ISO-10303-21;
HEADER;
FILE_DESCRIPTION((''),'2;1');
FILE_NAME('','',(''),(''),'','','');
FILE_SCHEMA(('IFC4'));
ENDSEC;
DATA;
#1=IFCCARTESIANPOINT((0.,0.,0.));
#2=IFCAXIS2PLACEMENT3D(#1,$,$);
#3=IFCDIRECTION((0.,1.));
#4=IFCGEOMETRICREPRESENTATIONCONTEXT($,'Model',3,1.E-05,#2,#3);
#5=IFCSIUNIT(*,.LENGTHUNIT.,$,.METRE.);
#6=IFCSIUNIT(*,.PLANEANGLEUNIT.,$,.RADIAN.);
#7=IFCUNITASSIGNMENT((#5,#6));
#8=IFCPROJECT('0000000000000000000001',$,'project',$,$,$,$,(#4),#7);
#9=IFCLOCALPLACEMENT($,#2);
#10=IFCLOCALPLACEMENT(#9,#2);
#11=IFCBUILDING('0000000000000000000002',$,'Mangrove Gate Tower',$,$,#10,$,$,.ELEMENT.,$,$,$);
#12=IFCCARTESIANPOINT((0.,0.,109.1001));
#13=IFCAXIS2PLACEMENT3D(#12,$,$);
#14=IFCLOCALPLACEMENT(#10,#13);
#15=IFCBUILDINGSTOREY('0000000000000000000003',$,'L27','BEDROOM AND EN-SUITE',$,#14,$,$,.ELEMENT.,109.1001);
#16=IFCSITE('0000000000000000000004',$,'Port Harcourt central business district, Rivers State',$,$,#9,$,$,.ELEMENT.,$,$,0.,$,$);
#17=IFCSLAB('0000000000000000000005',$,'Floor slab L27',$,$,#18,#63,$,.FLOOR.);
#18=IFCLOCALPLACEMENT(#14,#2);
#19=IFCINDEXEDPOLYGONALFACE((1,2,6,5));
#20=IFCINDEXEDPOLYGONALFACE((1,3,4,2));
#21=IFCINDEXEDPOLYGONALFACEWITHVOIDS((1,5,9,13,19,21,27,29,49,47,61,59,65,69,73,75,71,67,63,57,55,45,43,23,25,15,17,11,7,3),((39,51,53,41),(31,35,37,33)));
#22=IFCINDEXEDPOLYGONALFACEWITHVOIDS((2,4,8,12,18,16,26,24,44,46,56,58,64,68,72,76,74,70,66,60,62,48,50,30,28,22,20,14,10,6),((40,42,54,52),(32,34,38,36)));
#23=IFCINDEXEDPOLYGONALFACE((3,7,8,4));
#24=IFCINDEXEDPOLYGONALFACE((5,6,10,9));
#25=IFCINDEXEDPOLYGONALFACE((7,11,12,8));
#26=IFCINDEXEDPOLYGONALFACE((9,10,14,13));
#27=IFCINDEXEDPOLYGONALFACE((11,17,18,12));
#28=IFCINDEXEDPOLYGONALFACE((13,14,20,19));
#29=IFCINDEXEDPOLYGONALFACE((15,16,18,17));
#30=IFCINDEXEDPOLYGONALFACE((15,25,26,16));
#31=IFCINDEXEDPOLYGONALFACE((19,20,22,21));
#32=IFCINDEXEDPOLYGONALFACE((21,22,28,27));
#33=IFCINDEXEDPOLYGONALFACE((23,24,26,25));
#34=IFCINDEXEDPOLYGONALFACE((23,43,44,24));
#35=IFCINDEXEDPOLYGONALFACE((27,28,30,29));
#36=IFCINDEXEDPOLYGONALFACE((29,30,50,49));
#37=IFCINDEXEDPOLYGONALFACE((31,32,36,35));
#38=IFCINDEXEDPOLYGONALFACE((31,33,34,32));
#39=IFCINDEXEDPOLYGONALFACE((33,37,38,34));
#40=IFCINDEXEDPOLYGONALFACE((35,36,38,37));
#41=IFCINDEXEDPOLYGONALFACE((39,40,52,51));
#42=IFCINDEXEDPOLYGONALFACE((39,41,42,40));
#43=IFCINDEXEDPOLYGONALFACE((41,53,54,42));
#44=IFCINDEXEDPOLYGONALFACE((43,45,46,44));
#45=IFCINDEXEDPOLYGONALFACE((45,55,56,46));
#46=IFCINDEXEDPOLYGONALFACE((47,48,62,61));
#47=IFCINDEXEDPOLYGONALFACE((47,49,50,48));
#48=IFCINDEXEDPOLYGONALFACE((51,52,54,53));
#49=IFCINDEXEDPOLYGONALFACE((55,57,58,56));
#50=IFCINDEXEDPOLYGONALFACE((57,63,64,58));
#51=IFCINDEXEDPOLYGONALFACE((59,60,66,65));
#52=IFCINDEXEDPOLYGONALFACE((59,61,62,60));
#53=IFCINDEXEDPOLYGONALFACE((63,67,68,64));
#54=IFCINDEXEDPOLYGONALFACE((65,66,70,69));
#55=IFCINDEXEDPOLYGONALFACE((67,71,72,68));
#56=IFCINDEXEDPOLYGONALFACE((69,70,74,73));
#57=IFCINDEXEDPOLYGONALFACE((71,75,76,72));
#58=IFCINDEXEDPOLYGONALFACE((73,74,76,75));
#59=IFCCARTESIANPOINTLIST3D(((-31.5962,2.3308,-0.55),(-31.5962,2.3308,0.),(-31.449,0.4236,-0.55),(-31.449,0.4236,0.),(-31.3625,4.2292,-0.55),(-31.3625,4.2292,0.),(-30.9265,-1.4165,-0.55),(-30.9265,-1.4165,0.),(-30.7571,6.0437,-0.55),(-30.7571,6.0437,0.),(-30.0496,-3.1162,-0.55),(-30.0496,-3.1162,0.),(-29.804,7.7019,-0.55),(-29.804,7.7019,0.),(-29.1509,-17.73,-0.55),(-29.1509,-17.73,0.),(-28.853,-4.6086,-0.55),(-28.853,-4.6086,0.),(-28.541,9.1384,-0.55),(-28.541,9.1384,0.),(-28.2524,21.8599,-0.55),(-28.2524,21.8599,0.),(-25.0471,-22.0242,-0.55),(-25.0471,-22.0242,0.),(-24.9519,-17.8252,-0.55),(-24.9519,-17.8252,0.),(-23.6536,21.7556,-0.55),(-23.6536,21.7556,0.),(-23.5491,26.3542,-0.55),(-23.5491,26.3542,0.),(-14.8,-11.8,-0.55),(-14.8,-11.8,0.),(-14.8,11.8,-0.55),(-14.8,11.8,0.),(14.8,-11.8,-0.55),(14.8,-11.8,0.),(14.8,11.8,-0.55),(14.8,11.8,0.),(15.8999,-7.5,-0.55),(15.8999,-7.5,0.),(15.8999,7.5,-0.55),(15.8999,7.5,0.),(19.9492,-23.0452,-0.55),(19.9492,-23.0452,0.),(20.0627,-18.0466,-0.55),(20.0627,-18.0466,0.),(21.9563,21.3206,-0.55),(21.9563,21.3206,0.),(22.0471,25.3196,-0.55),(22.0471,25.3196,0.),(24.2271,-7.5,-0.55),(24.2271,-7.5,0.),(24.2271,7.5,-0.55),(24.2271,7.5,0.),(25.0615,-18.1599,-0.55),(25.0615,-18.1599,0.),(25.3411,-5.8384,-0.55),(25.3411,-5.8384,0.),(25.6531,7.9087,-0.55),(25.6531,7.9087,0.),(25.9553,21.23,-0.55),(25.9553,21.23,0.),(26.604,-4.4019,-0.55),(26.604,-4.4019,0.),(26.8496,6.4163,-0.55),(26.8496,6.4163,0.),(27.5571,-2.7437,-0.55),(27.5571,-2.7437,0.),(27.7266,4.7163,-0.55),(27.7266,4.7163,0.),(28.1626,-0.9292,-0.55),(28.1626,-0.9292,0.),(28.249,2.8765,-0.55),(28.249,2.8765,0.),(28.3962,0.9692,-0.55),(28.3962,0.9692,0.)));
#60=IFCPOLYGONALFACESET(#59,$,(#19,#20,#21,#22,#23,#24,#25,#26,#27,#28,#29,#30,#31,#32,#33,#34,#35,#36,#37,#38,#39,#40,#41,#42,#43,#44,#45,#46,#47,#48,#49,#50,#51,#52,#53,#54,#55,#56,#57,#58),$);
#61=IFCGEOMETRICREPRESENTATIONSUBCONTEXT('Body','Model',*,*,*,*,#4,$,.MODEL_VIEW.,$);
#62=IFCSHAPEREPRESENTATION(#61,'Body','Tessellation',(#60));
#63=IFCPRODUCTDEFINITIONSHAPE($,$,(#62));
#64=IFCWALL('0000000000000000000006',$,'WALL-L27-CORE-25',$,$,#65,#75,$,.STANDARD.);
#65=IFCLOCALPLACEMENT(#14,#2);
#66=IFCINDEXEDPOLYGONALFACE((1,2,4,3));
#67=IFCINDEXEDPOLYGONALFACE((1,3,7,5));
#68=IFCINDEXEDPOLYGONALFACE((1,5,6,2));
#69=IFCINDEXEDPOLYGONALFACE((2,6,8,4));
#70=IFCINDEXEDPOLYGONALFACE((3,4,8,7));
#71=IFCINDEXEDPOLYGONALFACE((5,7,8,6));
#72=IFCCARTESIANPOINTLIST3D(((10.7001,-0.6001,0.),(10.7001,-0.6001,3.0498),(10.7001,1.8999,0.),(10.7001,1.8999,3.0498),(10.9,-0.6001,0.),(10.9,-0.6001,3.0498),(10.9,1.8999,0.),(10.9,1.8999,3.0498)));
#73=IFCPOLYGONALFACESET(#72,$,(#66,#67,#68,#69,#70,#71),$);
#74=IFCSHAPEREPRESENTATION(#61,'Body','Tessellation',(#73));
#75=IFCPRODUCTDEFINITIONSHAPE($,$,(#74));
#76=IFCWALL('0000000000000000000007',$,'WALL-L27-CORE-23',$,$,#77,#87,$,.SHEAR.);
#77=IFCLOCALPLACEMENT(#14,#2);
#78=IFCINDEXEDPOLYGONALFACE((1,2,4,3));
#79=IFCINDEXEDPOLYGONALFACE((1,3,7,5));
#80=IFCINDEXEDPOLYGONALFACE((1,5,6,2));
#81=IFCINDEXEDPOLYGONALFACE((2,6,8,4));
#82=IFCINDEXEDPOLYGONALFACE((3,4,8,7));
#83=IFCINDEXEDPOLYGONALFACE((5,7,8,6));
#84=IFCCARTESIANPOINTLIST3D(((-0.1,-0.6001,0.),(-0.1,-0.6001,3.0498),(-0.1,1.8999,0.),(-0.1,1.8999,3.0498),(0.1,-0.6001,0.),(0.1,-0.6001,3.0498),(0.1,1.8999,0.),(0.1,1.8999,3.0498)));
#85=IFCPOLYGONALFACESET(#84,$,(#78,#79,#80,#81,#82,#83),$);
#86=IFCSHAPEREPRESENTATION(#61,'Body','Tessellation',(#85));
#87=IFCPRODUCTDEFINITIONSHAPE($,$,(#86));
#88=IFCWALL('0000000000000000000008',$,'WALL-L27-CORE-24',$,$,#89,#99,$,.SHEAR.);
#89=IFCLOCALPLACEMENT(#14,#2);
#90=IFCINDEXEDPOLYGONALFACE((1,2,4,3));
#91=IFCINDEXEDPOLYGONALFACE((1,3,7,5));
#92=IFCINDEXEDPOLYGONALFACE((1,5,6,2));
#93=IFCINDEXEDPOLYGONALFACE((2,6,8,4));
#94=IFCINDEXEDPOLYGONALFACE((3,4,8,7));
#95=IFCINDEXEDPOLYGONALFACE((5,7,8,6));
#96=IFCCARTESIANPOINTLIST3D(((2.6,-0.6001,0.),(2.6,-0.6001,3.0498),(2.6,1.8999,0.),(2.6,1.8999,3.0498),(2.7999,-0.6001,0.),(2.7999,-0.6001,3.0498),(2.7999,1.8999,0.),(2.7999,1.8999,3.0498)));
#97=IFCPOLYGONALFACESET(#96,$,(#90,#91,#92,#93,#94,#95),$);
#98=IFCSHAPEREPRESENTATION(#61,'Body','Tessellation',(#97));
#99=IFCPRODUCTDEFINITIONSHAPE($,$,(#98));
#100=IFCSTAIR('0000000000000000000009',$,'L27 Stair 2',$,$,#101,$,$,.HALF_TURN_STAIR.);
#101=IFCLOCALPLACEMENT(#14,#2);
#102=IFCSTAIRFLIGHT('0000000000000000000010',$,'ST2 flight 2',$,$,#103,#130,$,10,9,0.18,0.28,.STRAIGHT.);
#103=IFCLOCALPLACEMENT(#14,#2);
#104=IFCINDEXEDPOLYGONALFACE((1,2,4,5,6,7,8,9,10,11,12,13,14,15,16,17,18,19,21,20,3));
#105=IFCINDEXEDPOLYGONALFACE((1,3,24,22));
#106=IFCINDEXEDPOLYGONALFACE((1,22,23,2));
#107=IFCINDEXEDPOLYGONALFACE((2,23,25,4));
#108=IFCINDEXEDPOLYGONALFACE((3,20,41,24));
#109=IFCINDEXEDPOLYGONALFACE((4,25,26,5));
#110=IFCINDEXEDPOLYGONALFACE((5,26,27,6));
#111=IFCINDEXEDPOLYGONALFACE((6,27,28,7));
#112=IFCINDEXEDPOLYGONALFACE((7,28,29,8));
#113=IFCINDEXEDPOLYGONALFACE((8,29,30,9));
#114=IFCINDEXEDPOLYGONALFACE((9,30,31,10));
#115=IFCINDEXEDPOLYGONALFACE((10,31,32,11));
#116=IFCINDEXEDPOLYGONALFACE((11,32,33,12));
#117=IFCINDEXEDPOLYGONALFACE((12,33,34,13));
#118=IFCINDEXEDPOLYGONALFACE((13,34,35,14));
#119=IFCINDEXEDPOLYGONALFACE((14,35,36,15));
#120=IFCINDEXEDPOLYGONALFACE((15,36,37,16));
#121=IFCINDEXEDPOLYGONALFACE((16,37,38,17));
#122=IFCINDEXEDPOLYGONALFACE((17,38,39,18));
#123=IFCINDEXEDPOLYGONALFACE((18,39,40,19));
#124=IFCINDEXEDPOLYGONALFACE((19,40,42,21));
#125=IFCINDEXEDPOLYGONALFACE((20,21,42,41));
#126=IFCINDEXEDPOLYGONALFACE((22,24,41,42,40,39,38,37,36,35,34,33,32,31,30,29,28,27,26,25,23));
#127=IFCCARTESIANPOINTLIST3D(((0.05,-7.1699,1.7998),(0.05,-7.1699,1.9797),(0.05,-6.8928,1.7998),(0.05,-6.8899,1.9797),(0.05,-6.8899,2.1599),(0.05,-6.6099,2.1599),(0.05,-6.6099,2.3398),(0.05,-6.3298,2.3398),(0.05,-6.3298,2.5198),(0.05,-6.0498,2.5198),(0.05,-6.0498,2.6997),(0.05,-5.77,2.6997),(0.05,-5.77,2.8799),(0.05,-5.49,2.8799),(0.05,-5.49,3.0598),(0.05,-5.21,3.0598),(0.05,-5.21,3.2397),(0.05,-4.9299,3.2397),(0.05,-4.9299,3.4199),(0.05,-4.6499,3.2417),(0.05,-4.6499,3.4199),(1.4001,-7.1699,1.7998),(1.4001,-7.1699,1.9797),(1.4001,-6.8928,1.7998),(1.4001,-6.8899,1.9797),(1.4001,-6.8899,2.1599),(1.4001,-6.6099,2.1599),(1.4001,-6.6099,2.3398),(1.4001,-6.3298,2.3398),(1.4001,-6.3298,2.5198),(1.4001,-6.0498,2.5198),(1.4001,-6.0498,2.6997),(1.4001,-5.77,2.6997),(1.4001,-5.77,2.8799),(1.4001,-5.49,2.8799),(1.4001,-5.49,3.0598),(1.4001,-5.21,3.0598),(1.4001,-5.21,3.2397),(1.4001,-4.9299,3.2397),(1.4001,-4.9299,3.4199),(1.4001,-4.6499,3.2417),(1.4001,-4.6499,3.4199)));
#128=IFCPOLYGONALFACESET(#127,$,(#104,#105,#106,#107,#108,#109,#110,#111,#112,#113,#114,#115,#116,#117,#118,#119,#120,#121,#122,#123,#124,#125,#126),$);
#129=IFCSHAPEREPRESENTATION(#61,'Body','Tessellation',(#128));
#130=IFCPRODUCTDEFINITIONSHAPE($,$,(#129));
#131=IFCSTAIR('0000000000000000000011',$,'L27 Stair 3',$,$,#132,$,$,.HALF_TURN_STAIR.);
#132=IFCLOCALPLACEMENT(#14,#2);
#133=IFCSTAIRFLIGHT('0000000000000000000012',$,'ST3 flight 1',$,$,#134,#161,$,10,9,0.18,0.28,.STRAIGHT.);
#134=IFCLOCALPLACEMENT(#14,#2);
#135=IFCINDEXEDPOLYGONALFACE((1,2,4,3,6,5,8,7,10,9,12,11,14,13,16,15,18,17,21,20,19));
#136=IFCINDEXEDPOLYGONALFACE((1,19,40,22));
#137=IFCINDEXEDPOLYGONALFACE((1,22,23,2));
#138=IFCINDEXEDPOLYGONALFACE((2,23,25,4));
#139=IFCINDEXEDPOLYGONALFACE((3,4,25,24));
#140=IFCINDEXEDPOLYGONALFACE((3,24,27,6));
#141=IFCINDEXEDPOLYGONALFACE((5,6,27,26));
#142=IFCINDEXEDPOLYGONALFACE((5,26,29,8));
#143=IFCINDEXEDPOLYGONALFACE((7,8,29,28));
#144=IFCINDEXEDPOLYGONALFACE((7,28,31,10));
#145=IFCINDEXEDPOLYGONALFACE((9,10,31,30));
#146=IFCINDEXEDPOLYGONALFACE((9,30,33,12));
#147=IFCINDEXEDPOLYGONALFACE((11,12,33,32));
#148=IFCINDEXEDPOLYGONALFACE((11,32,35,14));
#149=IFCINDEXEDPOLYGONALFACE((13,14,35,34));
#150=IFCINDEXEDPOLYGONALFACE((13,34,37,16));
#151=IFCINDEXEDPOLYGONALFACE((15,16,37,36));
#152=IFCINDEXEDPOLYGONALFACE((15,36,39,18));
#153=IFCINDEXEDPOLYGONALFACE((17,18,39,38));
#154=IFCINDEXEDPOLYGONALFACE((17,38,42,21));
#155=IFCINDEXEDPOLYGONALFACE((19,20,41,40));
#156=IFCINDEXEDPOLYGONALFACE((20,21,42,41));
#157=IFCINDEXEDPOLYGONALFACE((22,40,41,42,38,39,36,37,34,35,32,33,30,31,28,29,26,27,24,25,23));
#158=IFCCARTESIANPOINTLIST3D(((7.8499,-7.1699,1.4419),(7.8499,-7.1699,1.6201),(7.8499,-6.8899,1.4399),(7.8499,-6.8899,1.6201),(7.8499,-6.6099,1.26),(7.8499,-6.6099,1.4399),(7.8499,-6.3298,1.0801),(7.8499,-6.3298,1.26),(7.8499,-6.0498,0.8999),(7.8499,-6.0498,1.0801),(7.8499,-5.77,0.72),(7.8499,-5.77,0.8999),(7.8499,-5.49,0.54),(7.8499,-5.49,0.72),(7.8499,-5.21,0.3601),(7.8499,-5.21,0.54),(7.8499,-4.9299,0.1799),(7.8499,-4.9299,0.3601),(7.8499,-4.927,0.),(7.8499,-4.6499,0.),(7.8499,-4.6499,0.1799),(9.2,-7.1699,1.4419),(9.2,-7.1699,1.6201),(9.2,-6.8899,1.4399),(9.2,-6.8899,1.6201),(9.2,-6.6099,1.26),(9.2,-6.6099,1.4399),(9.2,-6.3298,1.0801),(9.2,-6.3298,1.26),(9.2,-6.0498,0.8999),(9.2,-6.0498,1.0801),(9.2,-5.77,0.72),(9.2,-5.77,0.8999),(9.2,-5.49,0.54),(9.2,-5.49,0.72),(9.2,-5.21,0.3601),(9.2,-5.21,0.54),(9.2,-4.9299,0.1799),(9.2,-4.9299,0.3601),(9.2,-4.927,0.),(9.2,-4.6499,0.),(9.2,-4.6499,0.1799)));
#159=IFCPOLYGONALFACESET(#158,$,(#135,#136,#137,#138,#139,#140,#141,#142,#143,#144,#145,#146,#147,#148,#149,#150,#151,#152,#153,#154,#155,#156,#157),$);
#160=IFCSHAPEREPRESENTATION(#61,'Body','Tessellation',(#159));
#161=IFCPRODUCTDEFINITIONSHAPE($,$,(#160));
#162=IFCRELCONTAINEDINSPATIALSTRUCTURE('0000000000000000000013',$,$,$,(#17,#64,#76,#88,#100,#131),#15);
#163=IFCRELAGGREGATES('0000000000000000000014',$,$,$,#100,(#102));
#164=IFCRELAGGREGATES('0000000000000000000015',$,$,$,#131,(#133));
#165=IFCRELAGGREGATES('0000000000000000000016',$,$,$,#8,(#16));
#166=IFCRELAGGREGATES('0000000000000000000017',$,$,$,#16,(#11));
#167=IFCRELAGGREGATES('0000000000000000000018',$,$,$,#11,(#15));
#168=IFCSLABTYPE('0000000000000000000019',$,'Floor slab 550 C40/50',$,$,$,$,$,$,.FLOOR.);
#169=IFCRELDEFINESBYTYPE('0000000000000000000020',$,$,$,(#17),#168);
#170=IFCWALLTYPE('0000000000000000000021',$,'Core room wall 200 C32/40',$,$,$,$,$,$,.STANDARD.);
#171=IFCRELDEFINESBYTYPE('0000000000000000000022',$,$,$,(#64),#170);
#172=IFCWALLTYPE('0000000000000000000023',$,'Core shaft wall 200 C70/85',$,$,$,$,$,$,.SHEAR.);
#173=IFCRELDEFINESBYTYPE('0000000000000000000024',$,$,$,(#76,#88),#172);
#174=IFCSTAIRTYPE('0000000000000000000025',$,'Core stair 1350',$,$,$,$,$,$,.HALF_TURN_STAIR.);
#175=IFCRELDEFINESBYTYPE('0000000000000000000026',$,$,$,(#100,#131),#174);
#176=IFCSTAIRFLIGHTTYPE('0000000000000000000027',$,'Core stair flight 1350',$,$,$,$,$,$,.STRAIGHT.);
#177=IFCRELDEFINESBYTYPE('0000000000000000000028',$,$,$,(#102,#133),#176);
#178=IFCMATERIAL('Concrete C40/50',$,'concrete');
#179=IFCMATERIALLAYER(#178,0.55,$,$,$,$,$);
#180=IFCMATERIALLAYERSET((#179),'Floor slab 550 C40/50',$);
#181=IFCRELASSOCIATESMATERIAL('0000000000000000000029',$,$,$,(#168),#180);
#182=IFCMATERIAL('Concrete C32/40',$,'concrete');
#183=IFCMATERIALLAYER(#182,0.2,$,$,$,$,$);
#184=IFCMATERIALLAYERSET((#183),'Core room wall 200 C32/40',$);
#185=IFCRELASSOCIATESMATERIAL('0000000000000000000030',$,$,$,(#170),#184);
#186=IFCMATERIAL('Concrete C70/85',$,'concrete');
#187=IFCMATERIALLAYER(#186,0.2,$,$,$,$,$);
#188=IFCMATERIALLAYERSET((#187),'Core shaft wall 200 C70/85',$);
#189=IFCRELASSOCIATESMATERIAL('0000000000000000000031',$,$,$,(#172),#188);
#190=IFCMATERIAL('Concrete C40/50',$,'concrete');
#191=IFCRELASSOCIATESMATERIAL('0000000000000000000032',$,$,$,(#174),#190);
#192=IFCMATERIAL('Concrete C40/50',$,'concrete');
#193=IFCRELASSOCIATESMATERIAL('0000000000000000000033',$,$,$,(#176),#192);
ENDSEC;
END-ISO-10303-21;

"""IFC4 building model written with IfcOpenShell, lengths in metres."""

from ifc_helpers import new_model, si_unit, direction, frame, frame_2d, origin, place, context, subcontext, project, spatial, polyline, rectangle, outline, extrude, material, layer, layer_set, type_object, element, aggregate, save


model = new_model("IFC4")

# Units and contexts
model_context = context("Model", 3, precision=1e-05, world=origin(), true_north=direction((0.0, 1.0)))
body_context = subcontext(model_context, "Body", "Model", "MODEL_VIEW")
ifc_project = project(units=[si_unit("LENGTHUNIT", "METRE"), si_unit("PLANEANGLEUNIT", "RADIAN")], contexts=[model_context])

# Site, building, storey
site_placement = place(None, origin())
site = spatial("IfcSite", under=ifc_project, at=site_placement, Name="Port Harcourt central business district, Rivers State", CompositionType="ELEMENT", RefElevation=0.0)
building_placement = place(site_placement, origin())
building = spatial("IfcBuilding", under=site, at=building_placement, Name="Mangrove Gate Tower", CompositionType="ELEMENT")
storey_placement = place(building_placement, frame((0.0, 0.0, 109.1001)))
storey = spatial("IfcBuildingStorey", under=building, at=storey_placement, Name="L27", Description="BEDROOM AND EN-SUITE", CompositionType="ELEMENT", Elevation=109.1001)

# Slab
ifc_material_1 = material(Name="Concrete C40/50", Category="concrete")
ifc_layer_1 = layer(ifc_material_1, 0.55)
ifc_layer_set_1 = layer_set([ifc_layer_1], Name="Floor slab 550 C40/50")
slab_type = type_object("IfcSlabType", Name="Floor slab 550 C40/50", PredefinedType="FLOOR", material=ifc_layer_set_1)
slab_placement = place(storey_placement, frame((0.0, 0.0, -0.55)))
element("IfcSlab", 1, at=slab_placement, inside=storey, type_object=slab_type, Name="Floor slab L27", PredefinedType="FLOOR", context=body_context, shape_type="SweptSolid", body=[
    extrude(outline(polyline([(-25.0471, -22.0242), (19.9492, -23.0452), (20.0627, -18.0466), (25.0615, -18.1599), (25.3411, -5.8384), (26.604, -4.4019), (27.5571, -2.7437), (28.1626, -0.9292), (28.3962, 0.9692), (28.249, 2.8765), (27.7266, 4.7163), (26.8496, 6.4163), (25.6531, 7.9087), (25.9553, 21.23), (21.9563, 21.3206), (22.0471, 25.3196), (-23.5491, 26.3542), (-23.6536, 21.7556), (-28.2524, 21.8599), (-28.541, 9.1384), (-29.804, 7.7019), (-30.7571, 6.0437), (-31.3625, 4.2292), (-31.5962, 2.3308), (-31.449, 0.4236), (-30.9265, -1.4165), (-30.0496, -3.1162), (-28.853, -4.6086), (-29.1509, -17.73), (-24.9519, -17.8252), (-25.0471, -22.0242)]), holes=[polyline([(15.8999, 7.5), (24.2271, 7.5), (24.2271, -7.5), (15.8999, -7.5), (15.8999, 7.5)]), polyline([(-14.8, -11.8), (-14.8, 11.8), (14.8, 11.8), (14.8, -11.8), (-14.8, -11.8)])]), origin(), (0.0, 0.0, 1.0), 0.55),
])

# Walls
ifc_material_2 = material(Name="Concrete C32/40", Category="concrete")
ifc_layer_2 = layer(ifc_material_2, 0.2)
ifc_layer_set_2 = layer_set([ifc_layer_2], Name="Core room wall 200 C32/40")
wall_type_1 = type_object("IfcWallType", Name="Core room wall 200 C32/40", PredefinedType="STANDARD", material=ifc_layer_set_2)
wall_placement = place(storey_placement, frame((10.8, -0.6001, 0.0), z_axis=(0.0, 0.0, 1.0), x_axis=(0.0, 1.0, 0.0)))
element("IfcWall", 2, at=wall_placement, inside=storey, type_object=wall_type_1, Name="WALL-L27-CORE-25", PredefinedType="STANDARD", context=body_context, shape_type="SweptSolid", body=[
    extrude(rectangle(XDim=2.5, YDim=0.2, at=frame_2d((1.25, 0.0))), origin(), (0.0, 0.0, 1.0), 3.0498),
])
ifc_material_3 = material(Name="Concrete C70/85", Category="concrete")
ifc_layer_3 = layer(ifc_material_3, 0.2)
ifc_layer_set_3 = layer_set([ifc_layer_3], Name="Core shaft wall 200 C70/85")
wall_type_2 = type_object("IfcWallType", Name="Core shaft wall 200 C70/85", PredefinedType="SHEAR", material=ifc_layer_set_3)
for number, where, z_axis, x_axis, name in (
    (3, (0.0, -0.6001, 0.0), (0.0, 0.0, 1.0), (0.0, 1.0, 0.0), "WALL-L27-CORE-23"),
    (4, (2.7, -0.6001, 0.0), (0.0, 0.0, 1.0), (0.0, 1.0, 0.0), "WALL-L27-CORE-24"),
):
    element("IfcWall", number, at=place(storey_placement, frame(where, z_axis=z_axis, x_axis=x_axis)), inside=storey, type_object=wall_type_2, Name=name, PredefinedType="SHEAR", context=body_context, shape_type="SweptSolid", body=[
        extrude(rectangle(XDim=2.5, YDim=0.2, at=frame_2d((1.25, 0.0))), origin(), (0.0, 0.0, 1.0), 3.0498),
    ])

# Stair, stair flight
ifc_material_4 = material(Name="Concrete C40/50", Category="concrete")
stair_type = type_object("IfcStairType", Name="Core stair 1350", PredefinedType="HALF_TURN_STAIR", material=ifc_material_4)
stair_1_placement = place(storey_placement, origin())
stair_1 = element("IfcStair", 5, at=stair_1_placement, inside=storey, type_object=stair_type, Name="L27 Stair 2", PredefinedType="HALF_TURN_STAIR")
ifc_material_5 = material(Name="Concrete C40/50", Category="concrete")
stair_flight_type = type_object("IfcStairFlightType", Name="Core stair flight 1350", PredefinedType="STRAIGHT", material=ifc_material_5)
stair_flight_1_placement = place(storey_placement, frame((0.7251, -7.1699, 1.7998), z_axis=(0.0, 0.0, 1.0), x_axis=(0.0, 1.0, 0.0)))
stair_flight_1 = element("IfcStairFlight", 6, at=stair_flight_1_placement, type_object=stair_flight_type, Name="ST2 flight 2", NumberOfRisers=10, NumberOfTreads=9, PredefinedType="STRAIGHT", RiserHeight=0.18, TreadLength=0.28, context=body_context, shape_type="SweptSolid", body=[
    extrude(outline(polyline([(0.0, 0.0), (0.0, 0.1799), (0.28, 0.1799), (0.28, 0.3601), (0.5601, 0.3601), (0.5601, 0.54), (0.8401, 0.54), (0.8401, 0.72), (1.1201, 0.72), (1.1201, 0.8999), (1.3999, 0.8999), (1.3999, 1.0801), (1.6799, 1.0801), (1.6799, 1.26), (1.96, 1.26), (1.96, 1.4399), (2.24, 1.4399), (2.24, 1.6201), (2.52, 1.6201), (2.52, 1.8), (2.52, 1.4419), (0.2771, 0.0), (0.0, 0.0)])), frame((0.0, 0.675, 0.0), z_axis=(0.0, -1.0, 0.0), x_axis=(1.0, 0.0, 0.0)), (0.0, 0.0, 1.0), 1.3501),
])
aggregate(stair_1, [stair_flight_1])

# Stair, stair flight
stair_2_placement = place(storey_placement, origin())
stair_2 = element("IfcStair", 7, at=stair_2_placement, inside=storey, type_object=stair_type, Name="L27 Stair 3", PredefinedType="HALF_TURN_STAIR")
stair_flight_2_placement = place(storey_placement, frame((8.5249, -4.6499, 0.0), z_axis=(0.0, 0.0, 1.0), x_axis=(0.0, -1.0, 0.0)))
stair_flight_2 = element("IfcStairFlight", 8, at=stair_flight_2_placement, type_object=stair_flight_type, Name="ST3 flight 1", NumberOfRisers=10, NumberOfTreads=9, PredefinedType="STRAIGHT", RiserHeight=0.18, TreadLength=0.28, context=body_context, shape_type="SweptSolid", body=[
    extrude(outline(polyline([(0.0, 0.0), (0.0, 0.1799), (0.28, 0.1799), (0.28, 0.3601), (0.5601, 0.3601), (0.5601, 0.54), (0.8401, 0.54), (0.8401, 0.72), (1.1201, 0.72), (1.1201, 0.8999), (1.3999, 0.8999), (1.3999, 1.0801), (1.6799, 1.0801), (1.6799, 1.26), (1.96, 1.26), (1.96, 1.4399), (2.24, 1.4399), (2.24, 1.6201), (2.52, 1.6201), (2.52, 1.8), (2.52, 1.4419), (0.2771, 0.0), (0.0, 0.0)])), frame((0.0, 0.675, 0.0), z_axis=(0.0, -1.0, 0.0), x_axis=(1.0, 0.0, 0.0)), (0.0, 0.0, 1.0), 1.3501),
])
aggregate(stair_2, [stair_flight_2])

save(model, "model.ifc")
